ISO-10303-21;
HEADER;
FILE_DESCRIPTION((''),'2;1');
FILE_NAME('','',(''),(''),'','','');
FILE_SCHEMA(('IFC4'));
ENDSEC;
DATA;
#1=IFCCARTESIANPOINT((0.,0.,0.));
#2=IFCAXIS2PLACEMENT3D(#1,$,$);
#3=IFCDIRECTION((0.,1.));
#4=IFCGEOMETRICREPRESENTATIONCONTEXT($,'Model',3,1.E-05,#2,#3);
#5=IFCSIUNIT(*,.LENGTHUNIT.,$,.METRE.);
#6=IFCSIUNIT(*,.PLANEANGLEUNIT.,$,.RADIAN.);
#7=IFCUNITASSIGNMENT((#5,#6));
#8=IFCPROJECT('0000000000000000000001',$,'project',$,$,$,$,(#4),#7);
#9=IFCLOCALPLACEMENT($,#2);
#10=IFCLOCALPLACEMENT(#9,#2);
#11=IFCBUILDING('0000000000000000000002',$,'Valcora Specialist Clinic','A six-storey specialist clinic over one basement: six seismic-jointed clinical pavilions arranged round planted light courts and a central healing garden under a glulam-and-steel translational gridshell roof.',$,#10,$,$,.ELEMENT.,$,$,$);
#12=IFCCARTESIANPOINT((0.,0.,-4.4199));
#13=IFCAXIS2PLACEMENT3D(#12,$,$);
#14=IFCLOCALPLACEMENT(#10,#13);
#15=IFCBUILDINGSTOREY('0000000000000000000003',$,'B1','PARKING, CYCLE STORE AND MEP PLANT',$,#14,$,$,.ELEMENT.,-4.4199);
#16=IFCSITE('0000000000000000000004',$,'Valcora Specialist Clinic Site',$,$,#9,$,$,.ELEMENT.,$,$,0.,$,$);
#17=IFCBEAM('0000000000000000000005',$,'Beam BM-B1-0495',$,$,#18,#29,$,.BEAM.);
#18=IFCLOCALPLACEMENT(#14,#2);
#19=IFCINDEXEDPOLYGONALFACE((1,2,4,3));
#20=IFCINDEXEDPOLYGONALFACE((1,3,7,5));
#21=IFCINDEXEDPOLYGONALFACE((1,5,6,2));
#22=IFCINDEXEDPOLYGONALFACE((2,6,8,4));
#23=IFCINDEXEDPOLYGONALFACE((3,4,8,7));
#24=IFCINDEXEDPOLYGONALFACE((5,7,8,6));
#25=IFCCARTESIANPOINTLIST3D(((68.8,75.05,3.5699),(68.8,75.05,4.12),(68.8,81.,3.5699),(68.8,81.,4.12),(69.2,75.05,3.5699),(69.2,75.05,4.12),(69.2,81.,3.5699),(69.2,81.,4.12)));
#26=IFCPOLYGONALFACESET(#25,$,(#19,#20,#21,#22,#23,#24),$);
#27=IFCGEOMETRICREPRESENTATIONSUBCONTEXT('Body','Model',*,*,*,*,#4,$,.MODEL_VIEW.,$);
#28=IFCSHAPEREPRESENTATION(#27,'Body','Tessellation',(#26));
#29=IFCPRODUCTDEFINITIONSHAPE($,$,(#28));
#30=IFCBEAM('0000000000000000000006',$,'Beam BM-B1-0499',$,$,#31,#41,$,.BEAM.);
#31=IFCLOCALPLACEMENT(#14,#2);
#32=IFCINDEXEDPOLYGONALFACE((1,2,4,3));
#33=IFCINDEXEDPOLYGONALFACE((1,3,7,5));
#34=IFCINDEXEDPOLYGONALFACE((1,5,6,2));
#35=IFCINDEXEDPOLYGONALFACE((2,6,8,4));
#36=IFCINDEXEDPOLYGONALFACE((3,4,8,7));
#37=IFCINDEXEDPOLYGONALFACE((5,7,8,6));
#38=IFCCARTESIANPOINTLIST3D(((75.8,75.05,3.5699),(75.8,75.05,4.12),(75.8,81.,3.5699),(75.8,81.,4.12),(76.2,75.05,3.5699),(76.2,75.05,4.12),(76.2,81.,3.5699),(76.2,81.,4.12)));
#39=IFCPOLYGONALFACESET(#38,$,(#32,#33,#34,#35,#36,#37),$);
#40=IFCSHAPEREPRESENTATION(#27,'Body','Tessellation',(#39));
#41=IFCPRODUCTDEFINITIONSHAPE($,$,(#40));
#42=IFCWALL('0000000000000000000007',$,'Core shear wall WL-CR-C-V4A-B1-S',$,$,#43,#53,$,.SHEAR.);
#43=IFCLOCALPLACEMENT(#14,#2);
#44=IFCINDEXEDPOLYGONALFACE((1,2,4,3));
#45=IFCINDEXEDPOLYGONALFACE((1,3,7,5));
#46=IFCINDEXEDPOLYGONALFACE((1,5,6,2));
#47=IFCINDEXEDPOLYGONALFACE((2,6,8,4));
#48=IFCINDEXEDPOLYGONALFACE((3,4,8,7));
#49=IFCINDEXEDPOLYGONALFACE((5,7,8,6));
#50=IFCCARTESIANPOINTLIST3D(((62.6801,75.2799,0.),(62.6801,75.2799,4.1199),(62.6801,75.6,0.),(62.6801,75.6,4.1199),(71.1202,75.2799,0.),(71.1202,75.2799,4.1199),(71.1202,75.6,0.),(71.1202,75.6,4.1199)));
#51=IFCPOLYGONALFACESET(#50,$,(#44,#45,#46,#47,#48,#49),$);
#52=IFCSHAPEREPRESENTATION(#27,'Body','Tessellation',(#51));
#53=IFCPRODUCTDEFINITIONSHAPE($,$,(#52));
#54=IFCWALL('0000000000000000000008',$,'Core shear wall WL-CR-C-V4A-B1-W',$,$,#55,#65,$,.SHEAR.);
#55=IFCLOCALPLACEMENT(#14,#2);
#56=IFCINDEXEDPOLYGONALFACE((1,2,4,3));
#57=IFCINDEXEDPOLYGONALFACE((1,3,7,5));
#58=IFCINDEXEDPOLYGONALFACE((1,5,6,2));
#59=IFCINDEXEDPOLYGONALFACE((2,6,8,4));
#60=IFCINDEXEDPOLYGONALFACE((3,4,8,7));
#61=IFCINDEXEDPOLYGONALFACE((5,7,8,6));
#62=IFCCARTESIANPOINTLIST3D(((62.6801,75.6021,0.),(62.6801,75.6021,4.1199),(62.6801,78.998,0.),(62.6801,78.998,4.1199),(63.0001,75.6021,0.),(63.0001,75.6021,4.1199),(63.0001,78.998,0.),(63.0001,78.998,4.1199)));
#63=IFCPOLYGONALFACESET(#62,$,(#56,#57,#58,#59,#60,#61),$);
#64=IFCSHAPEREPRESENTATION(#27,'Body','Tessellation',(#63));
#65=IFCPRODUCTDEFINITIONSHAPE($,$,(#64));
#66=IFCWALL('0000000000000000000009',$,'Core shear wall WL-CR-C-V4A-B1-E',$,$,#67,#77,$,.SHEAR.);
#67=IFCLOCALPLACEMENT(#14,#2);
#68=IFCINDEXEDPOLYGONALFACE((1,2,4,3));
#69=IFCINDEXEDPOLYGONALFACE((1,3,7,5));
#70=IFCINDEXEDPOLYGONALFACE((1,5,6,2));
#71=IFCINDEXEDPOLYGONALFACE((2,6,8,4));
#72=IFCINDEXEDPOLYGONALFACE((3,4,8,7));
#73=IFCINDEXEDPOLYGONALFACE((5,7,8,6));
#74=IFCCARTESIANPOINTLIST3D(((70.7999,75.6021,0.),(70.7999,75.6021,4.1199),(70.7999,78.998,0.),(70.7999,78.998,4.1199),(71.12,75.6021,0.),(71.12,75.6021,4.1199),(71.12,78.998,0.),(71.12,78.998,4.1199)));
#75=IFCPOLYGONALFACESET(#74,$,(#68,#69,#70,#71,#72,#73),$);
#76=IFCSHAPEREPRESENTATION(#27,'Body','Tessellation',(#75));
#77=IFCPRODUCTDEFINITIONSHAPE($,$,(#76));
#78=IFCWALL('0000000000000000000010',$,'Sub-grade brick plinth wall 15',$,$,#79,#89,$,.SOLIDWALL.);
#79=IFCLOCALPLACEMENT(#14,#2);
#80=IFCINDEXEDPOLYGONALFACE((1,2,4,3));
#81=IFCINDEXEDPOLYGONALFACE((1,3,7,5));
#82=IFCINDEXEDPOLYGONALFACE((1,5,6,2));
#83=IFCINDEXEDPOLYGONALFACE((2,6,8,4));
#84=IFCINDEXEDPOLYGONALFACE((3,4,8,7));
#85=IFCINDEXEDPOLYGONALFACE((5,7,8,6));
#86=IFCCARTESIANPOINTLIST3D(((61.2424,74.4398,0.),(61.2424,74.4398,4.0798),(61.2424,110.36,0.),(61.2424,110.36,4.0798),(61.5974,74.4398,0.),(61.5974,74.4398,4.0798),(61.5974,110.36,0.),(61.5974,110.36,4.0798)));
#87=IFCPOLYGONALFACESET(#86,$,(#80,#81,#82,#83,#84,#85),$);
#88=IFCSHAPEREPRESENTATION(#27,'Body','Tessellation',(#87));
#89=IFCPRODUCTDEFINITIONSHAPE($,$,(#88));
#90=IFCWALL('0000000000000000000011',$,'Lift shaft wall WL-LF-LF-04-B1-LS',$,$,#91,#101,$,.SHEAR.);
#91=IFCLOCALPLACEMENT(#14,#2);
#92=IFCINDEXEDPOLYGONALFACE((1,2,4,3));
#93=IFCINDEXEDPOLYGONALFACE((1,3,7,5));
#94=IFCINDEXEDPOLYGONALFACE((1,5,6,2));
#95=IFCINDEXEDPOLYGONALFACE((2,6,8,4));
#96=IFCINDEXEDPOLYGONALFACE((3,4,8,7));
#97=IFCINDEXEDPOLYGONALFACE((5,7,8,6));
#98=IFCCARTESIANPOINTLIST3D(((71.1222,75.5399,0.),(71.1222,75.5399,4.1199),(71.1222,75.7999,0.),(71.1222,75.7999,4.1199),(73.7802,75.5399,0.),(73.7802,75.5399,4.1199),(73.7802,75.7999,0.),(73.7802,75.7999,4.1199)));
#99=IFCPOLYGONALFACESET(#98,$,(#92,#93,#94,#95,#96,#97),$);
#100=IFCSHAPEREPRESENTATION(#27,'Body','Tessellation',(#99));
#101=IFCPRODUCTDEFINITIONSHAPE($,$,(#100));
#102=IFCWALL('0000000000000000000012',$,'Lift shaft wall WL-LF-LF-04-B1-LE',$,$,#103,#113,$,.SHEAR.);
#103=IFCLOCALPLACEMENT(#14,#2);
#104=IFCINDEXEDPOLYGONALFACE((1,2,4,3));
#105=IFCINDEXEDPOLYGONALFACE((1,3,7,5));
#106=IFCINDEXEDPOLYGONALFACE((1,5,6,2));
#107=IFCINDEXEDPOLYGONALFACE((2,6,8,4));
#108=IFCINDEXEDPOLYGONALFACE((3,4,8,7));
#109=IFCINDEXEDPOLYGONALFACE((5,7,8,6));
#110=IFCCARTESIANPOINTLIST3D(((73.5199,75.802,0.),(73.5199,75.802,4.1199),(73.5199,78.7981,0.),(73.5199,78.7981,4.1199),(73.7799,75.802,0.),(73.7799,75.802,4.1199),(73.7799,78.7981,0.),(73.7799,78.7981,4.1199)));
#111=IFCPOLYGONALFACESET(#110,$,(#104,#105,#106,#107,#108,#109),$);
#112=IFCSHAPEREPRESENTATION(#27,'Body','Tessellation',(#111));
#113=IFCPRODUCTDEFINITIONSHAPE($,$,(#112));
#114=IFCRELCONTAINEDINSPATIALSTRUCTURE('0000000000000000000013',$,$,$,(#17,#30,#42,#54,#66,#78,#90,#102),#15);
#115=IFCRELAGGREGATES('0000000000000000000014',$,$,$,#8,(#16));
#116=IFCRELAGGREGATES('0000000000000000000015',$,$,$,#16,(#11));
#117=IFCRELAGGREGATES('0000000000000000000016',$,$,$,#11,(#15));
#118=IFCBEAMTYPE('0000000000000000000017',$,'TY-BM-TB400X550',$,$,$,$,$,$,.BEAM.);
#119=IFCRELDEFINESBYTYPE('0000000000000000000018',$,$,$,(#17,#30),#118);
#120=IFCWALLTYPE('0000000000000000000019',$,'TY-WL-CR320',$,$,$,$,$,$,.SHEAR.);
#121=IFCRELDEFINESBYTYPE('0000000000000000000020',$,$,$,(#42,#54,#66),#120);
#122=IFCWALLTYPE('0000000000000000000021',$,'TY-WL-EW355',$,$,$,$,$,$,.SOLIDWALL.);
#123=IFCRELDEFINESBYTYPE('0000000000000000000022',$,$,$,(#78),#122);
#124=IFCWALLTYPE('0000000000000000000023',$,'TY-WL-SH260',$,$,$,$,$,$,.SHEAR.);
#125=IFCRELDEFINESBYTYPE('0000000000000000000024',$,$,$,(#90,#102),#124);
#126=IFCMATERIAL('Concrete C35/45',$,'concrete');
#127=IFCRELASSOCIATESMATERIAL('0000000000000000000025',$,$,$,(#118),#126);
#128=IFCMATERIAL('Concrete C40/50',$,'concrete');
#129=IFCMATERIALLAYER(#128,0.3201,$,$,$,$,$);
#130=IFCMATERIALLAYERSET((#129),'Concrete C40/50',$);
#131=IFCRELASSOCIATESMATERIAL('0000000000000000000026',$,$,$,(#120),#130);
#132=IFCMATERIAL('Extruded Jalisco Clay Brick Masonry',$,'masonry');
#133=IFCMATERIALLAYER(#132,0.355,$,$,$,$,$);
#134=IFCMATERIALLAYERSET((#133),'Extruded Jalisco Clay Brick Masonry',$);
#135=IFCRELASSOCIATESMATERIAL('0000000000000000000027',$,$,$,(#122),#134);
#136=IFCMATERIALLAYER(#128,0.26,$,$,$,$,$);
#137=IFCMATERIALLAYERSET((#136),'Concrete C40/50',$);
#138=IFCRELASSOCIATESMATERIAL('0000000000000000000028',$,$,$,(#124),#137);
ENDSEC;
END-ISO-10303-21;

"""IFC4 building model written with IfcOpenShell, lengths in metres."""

from ifc_helpers import new_model, si_unit, direction, frame, frame_2d, origin, origin_2d, place, context, subcontext, project, spatial, rectangle, extrude, material, layer, layer_set, material_profile, profile_set, type_object, element, save


model = new_model("IFC4")

# Units and contexts
model_context = context("Model", 3, precision=1e-05, world=origin(), true_north=direction((0.0, 1.0)))
body_context = subcontext(model_context, "Body", "Model", "MODEL_VIEW")
ifc_project = project(units=[si_unit("LENGTHUNIT", "METRE"), si_unit("PLANEANGLEUNIT", "RADIAN")], contexts=[model_context])

# Site, building, storey
site_placement = place(None, origin())
site = spatial("IfcSite", under=ifc_project, at=site_placement, Name="Valcora Specialist Clinic Site", CompositionType="ELEMENT", RefElevation=0.0)
building_placement = place(site_placement, origin())
building = spatial("IfcBuilding", under=site, at=building_placement, Name="Valcora Specialist Clinic", Description="A six-storey specialist clinic over one basement: six seismic-jointed clinical pavilions arranged round planted light courts and a central healing garden under a glulam-and-steel translational gridshell roof.", CompositionType="ELEMENT")
storey_placement = place(building_placement, frame((0.0, 0.0, -4.4199)))
storey = spatial("IfcBuildingStorey", under=building, at=storey_placement, Name="B1", Description="PARKING, CYCLE STORE AND MEP PLANT", CompositionType="ELEMENT", Elevation=-4.4199)

# Shared definitions
ifc_material_1 = material(Name="Concrete C35/45", Category="concrete")

# Shared definitions
ifc_material_2 = material(Name="Concrete C40/50", Category="concrete")

# Beams
ifc_material_profile_1 = material_profile(ifc_material_1, rectangle(XDim=0.3999, YDim=0.55, at=origin_2d()), Name="RC-TB-400X550")
ifc_profile_set_1 = profile_set([ifc_material_profile_1], Name="Concrete C35/45")
beam_type = type_object("IfcBeamType", Name="TY-BM-TB400X550", PredefinedType="BEAM", material=ifc_profile_set_1)
for number, where, z_axis, x_axis, name in (
    (1, (69.0, 75.05, 3.845), (0.0, 1.0, 0.0), (-1.0, 0.0, 0.0), "Beam BM-B1-0495"),
    (2, (76.0, 75.05, 3.845), (0.0, 1.0, 0.0), (-1.0, 0.0, 0.0), "Beam BM-B1-0499"),
):
    element("IfcBeam", number, at=place(storey_placement, frame(where, z_axis=z_axis, x_axis=x_axis)), inside=storey, type_object=beam_type, Name=name, PredefinedType="BEAM", context=body_context, shape_type="SweptSolid", body=[
        extrude(rectangle(XDim=0.3999, YDim=0.55, at=origin_2d()), origin(), (0.0, 0.0, 1.0), 5.95),
    ])

# Walls
ifc_layer_1 = layer(ifc_material_2, 0.3201)
ifc_layer_set_1 = layer_set([ifc_layer_1], Name="Concrete C40/50")
wall_type_1 = type_object("IfcWallType", Name="TY-WL-CR320", PredefinedType="SHEAR", material=ifc_layer_set_1)
wall_1_placement = place(storey_placement, frame((62.6799, 75.4399, 0.0), z_axis=(0.0, 0.0, 1.0), x_axis=(1.0, 0.0, 0.0)))
element("IfcWall", 3, at=wall_1_placement, inside=storey, type_object=wall_type_1, Name="Core shear wall WL-CR-C-V4A-B1-S", PredefinedType="SHEAR", context=body_context, shape_type="SweptSolid", body=[
    extrude(rectangle(XDim=8.4402, YDim=0.3201, at=frame_2d((4.2202, 0.0))), origin(), (0.0, 0.0, 1.0), 4.1199),
])
for number, where, z_axis, x_axis, name in (
    (4, (62.8401, 75.6021, 0.0), (0.0, 0.0, 1.0), (0.0, 1.0, 0.0), "Core shear wall WL-CR-C-V4A-B1-W"),
    (5, (70.96, 75.6021, 0.0), (0.0, 0.0, 1.0), (0.0, 1.0, 0.0), "Core shear wall WL-CR-C-V4A-B1-E"),
):
    element("IfcWall", number, at=place(storey_placement, frame(where, z_axis=z_axis, x_axis=x_axis)), inside=storey, type_object=wall_type_1, Name=name, PredefinedType="SHEAR", context=body_context, shape_type="SweptSolid", body=[
        extrude(rectangle(XDim=3.396, YDim=0.3201, at=frame_2d((1.698, 0.0))), origin(), (0.0, 0.0, 1.0), 4.1199),
    ])
ifc_material_3 = material(Name="Extruded Jalisco Clay Brick Masonry", Category="masonry")
ifc_layer_2 = layer(ifc_material_3, 0.355)
ifc_layer_set_2 = layer_set([ifc_layer_2], Name="Extruded Jalisco Clay Brick Masonry")
wall_type_2 = type_object("IfcWallType", Name="TY-WL-EW355", PredefinedType="SOLIDWALL", material=ifc_layer_set_2)
wall_2_placement = place(storey_placement, frame((61.4199, 74.4399, 0.0), z_axis=(0.0, 0.0, 1.0), x_axis=(0.0, 1.0, 0.0)))
element("IfcWall", 6, at=wall_2_placement, inside=storey, type_object=wall_type_2, Name="Sub-grade brick plinth wall 15", PredefinedType="SOLIDWALL", context=body_context, shape_type="SweptSolid", body=[
    extrude(rectangle(XDim=35.9202, YDim=0.355, at=frame_2d((17.96, 0.0))), origin(), (0.0, 0.0, 1.0), 4.0798),
])
ifc_layer_3 = layer(ifc_material_2, 0.26)
ifc_layer_set_3 = layer_set([ifc_layer_3], Name="Concrete C40/50")
wall_type_3 = type_object("IfcWallType", Name="TY-WL-SH260", PredefinedType="SHEAR", material=ifc_layer_set_3)
wall_3_placement = place(storey_placement, frame((71.1221, 75.6699, 0.0), z_axis=(0.0, 0.0, 1.0), x_axis=(1.0, 0.0, 0.0)))
element("IfcWall", 7, at=wall_3_placement, inside=storey, type_object=wall_type_3, Name="Lift shaft wall WL-LF-LF-04-B1-LS", PredefinedType="SHEAR", context=body_context, shape_type="SweptSolid", body=[
    extrude(rectangle(XDim=2.658, YDim=0.26, at=frame_2d((1.3291, 0.0))), origin(), (0.0, 0.0, 1.0), 4.1199),
])
wall_4_placement = place(storey_placement, frame((73.6499, 75.802, 0.0), z_axis=(0.0, 0.0, 1.0), x_axis=(0.0, 1.0, 0.0)))
element("IfcWall", 8, at=wall_4_placement, inside=storey, type_object=wall_type_3, Name="Lift shaft wall WL-LF-LF-04-B1-LE", PredefinedType="SHEAR", context=body_context, shape_type="SweptSolid", body=[
    extrude(rectangle(XDim=2.9961, YDim=0.26, at=frame_2d((1.498, 0.0))), origin(), (0.0, 0.0, 1.0), 4.1199),
])

save(model, "model.ifc")
